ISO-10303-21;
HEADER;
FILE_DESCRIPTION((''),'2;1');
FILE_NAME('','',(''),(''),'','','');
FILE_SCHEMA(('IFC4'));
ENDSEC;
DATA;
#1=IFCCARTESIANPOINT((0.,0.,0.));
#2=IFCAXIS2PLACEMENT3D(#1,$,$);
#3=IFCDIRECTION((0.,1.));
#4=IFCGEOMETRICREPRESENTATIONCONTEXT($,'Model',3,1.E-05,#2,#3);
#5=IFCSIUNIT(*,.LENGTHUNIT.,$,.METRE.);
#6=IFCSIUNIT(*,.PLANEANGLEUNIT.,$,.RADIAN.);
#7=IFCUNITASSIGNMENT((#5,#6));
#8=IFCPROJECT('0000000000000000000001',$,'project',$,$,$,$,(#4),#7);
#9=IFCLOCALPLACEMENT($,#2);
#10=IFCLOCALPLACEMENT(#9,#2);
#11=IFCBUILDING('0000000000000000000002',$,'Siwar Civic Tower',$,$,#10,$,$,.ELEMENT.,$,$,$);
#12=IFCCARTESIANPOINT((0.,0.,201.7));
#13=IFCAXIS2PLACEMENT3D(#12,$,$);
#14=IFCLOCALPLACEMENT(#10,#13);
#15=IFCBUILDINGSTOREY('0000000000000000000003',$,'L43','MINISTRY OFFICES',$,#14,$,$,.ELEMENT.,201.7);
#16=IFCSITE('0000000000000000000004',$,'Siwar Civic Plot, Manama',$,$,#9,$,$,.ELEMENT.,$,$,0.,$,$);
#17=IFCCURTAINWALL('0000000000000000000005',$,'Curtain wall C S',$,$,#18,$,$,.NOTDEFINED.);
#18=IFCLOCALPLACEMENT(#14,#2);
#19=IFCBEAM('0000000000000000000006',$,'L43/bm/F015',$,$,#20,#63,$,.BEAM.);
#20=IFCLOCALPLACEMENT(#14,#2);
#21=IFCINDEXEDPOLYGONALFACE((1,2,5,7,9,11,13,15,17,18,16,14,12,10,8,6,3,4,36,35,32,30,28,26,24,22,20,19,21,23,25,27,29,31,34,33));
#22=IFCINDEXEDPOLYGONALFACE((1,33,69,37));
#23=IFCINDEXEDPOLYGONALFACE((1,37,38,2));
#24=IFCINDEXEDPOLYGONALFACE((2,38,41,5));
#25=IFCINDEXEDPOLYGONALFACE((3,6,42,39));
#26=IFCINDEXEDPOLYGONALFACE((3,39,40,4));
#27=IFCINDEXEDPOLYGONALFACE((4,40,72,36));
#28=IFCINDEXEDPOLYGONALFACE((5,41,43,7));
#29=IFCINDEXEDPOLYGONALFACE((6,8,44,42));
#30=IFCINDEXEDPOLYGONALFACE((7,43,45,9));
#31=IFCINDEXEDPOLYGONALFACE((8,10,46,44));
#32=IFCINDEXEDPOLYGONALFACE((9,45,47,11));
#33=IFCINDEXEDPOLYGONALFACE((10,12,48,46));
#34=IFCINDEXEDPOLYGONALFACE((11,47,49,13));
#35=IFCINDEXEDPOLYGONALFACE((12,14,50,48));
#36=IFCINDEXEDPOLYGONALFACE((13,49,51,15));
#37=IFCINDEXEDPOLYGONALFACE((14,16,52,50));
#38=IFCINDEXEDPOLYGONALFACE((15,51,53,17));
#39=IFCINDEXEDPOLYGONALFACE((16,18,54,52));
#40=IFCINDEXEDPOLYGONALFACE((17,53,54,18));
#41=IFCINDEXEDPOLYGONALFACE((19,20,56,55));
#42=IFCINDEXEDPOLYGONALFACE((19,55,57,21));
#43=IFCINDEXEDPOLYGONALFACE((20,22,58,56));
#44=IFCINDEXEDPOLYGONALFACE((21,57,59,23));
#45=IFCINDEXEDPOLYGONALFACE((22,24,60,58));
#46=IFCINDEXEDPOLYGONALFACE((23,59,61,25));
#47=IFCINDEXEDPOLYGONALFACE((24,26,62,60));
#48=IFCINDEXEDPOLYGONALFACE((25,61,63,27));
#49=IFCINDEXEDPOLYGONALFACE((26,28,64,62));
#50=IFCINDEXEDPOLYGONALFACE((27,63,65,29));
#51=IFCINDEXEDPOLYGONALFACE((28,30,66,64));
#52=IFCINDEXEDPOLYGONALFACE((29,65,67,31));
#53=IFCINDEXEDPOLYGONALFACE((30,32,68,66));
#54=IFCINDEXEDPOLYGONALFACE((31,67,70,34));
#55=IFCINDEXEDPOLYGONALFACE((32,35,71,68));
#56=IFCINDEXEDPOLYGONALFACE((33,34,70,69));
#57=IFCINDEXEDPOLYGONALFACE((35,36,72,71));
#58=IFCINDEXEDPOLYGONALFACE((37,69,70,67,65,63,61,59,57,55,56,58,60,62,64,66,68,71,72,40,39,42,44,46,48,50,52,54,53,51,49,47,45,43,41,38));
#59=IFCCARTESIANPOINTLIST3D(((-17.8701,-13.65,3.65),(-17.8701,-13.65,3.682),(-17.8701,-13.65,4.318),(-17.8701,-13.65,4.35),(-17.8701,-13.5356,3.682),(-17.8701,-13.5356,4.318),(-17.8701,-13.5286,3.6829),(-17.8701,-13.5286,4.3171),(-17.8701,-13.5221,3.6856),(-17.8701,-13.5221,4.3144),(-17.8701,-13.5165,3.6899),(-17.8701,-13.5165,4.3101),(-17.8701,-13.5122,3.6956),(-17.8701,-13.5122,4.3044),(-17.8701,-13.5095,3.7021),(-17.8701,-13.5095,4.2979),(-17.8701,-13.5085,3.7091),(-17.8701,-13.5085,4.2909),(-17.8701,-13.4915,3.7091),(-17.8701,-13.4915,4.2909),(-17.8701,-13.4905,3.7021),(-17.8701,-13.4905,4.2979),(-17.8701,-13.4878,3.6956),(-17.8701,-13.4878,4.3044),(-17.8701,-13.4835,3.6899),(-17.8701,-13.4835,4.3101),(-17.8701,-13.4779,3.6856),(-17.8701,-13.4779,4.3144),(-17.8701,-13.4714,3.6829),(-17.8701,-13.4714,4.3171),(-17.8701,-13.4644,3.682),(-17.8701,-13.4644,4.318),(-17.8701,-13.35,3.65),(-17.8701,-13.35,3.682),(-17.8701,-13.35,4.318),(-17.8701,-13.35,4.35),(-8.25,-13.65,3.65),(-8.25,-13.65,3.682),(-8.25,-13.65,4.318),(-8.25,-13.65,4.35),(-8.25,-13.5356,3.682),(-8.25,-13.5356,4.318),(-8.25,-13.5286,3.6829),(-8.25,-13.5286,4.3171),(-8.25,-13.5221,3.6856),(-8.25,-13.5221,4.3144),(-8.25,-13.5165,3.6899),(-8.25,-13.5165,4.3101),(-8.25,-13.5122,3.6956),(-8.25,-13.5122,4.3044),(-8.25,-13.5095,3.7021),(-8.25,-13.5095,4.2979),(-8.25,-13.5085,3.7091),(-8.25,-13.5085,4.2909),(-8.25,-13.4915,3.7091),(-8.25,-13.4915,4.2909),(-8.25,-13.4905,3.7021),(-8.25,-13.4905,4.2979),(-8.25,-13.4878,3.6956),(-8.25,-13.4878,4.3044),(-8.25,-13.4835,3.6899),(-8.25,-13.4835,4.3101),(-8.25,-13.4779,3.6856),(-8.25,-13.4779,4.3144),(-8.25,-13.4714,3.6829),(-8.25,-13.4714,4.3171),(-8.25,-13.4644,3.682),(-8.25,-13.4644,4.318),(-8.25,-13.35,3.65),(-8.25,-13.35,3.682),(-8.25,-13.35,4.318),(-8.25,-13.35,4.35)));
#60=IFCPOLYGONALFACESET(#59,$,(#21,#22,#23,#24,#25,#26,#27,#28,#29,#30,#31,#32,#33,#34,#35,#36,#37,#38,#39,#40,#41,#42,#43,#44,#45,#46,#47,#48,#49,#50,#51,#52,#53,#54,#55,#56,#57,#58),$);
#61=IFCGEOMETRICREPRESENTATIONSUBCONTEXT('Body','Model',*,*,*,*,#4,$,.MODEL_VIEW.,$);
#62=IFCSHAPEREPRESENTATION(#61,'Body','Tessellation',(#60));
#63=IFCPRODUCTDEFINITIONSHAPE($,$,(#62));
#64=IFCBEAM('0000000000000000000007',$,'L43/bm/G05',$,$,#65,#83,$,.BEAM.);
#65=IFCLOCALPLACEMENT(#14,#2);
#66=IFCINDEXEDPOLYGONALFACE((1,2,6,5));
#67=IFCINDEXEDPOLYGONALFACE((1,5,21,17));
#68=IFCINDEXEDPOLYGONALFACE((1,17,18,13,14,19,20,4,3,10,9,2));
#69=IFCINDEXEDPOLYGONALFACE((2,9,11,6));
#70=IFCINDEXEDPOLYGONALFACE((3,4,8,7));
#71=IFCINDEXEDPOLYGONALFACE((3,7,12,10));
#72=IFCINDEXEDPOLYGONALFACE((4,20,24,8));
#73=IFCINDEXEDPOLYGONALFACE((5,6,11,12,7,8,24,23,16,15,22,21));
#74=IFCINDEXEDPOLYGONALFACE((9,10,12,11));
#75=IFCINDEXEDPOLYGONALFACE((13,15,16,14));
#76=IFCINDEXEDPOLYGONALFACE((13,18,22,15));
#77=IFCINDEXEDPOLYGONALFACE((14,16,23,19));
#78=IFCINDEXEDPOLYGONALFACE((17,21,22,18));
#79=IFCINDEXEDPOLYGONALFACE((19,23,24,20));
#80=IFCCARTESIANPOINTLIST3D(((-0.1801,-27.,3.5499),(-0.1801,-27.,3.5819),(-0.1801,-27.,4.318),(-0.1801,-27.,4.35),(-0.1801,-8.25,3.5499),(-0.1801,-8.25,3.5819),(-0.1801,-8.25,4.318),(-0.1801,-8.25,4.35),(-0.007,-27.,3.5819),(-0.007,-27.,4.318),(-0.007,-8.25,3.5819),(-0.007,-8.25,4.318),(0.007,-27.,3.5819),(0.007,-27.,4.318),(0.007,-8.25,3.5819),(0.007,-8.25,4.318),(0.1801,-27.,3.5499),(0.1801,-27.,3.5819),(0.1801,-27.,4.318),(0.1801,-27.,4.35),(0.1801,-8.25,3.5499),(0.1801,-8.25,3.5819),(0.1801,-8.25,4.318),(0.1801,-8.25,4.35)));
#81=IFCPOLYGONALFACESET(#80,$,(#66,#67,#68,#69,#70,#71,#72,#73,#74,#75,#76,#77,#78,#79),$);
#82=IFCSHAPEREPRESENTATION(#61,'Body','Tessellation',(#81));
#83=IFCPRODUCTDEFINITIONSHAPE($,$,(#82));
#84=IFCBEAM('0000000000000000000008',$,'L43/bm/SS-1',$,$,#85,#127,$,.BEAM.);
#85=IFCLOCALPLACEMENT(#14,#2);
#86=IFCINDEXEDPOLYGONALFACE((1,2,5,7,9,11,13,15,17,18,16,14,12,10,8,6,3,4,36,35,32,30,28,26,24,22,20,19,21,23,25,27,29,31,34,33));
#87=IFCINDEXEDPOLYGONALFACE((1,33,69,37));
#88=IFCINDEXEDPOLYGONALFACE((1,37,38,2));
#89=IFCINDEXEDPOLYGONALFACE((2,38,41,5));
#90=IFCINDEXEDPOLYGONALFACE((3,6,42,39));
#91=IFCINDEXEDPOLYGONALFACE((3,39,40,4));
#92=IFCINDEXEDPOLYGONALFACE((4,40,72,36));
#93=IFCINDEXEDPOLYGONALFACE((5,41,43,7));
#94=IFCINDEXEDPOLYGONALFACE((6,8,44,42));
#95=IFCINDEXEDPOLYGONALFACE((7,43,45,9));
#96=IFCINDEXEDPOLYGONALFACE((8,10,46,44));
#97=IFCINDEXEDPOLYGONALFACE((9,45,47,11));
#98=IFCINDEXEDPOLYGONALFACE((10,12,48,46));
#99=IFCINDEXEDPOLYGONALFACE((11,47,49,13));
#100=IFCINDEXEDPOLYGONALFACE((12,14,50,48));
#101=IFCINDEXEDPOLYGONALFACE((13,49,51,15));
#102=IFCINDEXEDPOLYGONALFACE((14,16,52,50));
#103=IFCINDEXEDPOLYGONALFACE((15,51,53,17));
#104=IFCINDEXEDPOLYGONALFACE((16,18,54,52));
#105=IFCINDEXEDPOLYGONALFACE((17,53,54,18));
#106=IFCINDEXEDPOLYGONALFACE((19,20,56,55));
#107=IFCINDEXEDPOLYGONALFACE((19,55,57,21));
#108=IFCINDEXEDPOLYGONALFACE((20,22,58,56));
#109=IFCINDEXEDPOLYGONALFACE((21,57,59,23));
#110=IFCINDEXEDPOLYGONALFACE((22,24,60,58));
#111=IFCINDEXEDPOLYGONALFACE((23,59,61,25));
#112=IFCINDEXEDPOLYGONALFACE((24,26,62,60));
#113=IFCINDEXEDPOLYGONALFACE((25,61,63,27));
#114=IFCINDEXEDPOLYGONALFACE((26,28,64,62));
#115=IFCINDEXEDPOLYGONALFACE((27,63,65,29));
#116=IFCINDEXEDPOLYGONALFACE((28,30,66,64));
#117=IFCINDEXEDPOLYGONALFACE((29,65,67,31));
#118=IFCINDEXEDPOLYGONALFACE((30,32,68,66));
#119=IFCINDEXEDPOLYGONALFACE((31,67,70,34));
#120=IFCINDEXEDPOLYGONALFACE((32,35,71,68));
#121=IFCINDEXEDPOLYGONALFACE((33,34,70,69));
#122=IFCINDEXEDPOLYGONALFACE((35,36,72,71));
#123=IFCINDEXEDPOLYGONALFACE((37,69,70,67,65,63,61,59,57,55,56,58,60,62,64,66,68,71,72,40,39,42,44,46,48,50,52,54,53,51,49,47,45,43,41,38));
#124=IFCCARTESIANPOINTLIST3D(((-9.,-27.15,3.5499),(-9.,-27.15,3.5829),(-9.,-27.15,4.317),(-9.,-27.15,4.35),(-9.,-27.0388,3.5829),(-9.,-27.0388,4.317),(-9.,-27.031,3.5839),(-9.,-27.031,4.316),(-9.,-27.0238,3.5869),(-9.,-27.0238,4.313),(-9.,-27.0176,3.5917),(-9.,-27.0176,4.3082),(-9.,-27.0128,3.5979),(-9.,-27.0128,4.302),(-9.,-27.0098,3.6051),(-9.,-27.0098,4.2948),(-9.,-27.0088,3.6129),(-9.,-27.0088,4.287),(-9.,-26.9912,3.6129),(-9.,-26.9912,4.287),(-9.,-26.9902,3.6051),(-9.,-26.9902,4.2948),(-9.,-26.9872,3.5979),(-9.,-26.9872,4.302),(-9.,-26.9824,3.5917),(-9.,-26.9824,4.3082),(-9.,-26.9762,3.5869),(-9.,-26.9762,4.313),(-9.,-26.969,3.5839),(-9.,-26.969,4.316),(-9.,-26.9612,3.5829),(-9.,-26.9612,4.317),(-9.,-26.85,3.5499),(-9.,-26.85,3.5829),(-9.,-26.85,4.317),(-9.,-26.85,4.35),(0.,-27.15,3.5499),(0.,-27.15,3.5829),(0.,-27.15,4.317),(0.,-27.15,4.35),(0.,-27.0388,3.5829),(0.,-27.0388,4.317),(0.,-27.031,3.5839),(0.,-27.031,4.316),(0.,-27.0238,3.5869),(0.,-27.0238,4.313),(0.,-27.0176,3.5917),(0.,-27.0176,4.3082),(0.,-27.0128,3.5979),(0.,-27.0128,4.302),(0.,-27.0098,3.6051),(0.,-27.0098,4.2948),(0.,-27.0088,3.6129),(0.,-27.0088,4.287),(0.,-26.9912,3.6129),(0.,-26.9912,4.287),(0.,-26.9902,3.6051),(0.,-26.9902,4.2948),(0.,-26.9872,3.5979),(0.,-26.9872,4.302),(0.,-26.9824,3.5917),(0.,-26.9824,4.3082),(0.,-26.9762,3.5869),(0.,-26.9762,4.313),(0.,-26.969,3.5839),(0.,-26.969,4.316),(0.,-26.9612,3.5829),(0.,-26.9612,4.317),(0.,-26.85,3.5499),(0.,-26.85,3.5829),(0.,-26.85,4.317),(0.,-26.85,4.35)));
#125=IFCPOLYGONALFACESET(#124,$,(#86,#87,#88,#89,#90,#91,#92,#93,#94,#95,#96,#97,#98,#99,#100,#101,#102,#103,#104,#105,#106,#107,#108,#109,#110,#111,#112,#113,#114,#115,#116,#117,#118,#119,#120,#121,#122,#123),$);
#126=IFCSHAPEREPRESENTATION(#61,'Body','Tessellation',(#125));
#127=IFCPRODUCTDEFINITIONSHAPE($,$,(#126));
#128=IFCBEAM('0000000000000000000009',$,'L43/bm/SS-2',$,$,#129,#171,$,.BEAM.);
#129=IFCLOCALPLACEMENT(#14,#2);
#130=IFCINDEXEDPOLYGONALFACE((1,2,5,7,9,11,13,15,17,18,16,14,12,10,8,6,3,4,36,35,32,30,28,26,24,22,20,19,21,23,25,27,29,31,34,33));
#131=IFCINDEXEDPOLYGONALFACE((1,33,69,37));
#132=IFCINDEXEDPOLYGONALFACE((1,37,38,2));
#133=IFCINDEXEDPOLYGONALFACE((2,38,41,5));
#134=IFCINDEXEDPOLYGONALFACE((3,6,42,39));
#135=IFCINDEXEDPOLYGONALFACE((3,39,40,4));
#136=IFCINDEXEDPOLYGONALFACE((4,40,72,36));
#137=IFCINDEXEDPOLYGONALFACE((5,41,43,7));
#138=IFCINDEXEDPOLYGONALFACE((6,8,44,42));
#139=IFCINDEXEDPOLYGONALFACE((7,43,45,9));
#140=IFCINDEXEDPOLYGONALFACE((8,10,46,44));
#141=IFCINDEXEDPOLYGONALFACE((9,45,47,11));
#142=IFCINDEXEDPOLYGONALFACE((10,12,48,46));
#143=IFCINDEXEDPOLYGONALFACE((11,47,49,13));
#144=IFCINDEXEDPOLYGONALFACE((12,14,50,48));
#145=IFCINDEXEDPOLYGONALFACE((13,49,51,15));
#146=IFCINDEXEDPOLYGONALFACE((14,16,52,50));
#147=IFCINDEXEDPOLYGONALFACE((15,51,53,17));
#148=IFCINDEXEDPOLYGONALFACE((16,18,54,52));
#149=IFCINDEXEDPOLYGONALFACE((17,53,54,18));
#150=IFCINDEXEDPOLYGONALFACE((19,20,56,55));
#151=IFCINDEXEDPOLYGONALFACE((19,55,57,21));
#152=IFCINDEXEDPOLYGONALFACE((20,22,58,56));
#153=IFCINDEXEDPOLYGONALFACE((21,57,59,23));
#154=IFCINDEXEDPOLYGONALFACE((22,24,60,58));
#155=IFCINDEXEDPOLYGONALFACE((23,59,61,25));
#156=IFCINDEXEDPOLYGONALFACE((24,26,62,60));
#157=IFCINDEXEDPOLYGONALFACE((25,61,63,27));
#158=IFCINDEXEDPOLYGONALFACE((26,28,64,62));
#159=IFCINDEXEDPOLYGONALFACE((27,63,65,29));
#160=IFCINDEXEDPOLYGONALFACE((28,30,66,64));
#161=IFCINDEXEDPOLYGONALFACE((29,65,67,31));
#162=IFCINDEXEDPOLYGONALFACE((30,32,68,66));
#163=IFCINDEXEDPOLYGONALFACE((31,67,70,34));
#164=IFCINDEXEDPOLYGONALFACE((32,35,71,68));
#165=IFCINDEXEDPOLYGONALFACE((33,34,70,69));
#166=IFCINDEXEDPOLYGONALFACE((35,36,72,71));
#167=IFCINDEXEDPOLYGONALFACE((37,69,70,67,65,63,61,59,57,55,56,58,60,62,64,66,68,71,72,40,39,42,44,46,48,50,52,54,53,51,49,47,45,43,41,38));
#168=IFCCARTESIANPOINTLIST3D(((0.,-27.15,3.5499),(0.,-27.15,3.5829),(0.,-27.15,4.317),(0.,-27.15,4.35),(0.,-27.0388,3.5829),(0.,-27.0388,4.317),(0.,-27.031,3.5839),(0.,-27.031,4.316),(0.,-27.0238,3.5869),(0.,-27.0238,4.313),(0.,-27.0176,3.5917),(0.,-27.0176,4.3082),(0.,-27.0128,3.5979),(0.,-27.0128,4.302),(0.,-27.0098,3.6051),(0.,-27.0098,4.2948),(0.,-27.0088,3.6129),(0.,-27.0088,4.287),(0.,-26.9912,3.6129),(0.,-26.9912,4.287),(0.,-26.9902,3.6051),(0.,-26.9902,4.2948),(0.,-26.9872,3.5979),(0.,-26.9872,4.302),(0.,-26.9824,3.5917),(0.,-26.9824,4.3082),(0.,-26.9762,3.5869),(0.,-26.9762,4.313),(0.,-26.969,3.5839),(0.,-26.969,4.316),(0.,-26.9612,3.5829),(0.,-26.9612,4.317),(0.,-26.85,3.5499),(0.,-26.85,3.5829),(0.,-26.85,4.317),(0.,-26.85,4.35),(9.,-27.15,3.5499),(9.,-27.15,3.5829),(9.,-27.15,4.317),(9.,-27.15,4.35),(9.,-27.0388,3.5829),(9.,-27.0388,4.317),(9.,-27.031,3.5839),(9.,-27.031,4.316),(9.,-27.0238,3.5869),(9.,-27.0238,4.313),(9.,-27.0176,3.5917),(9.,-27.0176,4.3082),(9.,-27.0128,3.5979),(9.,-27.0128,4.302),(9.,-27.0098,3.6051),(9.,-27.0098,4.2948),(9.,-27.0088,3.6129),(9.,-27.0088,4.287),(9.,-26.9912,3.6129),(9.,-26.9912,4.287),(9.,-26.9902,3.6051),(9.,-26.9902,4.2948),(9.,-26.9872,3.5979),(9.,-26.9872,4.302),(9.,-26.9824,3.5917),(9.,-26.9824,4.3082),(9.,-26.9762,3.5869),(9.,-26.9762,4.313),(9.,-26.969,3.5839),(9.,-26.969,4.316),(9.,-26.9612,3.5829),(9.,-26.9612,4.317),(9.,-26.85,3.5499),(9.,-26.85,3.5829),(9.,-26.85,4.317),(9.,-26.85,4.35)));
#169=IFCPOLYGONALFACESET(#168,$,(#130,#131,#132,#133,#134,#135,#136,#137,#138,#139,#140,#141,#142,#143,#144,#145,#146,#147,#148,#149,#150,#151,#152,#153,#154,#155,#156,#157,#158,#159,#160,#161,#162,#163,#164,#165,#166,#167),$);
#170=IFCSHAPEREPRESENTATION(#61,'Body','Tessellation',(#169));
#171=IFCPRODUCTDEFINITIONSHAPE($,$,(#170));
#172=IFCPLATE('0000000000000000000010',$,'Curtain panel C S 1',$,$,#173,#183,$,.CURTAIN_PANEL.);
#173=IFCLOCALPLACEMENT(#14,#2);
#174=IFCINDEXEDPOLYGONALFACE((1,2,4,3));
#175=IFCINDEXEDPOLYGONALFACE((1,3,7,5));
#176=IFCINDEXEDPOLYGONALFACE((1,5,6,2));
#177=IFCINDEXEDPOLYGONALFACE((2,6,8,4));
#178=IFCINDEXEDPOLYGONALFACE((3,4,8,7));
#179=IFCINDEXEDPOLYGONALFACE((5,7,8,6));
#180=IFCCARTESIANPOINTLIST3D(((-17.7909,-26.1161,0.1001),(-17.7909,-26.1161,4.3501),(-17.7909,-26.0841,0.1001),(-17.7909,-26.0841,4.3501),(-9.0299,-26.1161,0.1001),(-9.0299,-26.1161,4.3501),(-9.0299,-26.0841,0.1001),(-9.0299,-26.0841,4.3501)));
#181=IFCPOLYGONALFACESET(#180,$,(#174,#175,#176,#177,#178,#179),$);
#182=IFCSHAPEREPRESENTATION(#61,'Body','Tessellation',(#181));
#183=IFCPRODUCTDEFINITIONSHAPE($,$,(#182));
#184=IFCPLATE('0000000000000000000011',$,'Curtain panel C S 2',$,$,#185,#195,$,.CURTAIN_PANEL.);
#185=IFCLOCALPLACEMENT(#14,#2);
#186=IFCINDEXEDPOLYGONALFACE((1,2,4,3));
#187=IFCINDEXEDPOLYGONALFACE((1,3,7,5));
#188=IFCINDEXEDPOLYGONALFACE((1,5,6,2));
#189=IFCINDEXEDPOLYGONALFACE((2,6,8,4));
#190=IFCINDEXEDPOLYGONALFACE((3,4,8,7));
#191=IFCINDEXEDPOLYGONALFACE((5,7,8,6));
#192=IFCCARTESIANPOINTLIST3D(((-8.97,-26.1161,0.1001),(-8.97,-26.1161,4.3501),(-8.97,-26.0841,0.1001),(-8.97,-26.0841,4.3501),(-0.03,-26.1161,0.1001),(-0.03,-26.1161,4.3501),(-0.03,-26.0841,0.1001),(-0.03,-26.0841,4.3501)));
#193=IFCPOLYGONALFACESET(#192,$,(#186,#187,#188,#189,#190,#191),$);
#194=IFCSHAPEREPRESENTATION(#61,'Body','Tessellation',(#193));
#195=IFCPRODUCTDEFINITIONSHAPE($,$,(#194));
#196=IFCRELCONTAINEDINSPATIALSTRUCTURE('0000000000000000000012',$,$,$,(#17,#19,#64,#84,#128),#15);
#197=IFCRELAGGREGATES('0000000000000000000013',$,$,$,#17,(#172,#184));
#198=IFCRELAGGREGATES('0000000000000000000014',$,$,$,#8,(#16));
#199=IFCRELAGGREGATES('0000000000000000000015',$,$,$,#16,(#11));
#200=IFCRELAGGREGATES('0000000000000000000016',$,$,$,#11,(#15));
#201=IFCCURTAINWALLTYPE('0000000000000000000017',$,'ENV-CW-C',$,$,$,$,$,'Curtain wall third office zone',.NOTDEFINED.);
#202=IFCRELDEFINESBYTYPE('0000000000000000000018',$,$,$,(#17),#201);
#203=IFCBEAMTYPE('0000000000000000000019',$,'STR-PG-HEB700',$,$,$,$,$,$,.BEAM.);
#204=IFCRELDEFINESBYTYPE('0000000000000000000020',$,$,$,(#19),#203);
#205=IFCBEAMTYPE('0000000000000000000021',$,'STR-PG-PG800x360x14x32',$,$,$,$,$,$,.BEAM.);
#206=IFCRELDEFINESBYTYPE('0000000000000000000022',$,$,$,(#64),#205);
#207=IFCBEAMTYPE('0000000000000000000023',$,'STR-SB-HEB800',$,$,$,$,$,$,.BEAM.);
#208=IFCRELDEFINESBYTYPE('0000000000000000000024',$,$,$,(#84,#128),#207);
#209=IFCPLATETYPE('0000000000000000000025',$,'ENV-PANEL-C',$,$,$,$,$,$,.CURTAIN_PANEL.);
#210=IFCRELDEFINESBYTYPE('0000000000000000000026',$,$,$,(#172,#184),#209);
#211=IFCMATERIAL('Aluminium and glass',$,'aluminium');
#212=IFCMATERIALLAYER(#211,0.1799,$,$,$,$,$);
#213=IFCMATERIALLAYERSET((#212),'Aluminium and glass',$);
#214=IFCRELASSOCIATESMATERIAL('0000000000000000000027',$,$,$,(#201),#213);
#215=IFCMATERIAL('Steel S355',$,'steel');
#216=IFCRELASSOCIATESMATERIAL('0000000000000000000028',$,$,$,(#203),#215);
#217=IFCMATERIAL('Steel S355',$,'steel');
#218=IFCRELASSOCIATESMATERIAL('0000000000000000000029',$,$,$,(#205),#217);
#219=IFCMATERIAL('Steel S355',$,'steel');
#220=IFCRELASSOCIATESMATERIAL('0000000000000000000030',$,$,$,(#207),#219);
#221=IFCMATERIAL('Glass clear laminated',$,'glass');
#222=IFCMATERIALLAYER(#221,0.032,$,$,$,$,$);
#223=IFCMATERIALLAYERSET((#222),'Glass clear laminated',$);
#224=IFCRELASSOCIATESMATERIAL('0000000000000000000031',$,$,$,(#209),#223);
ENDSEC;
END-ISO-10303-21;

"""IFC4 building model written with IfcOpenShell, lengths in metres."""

from ifc_helpers import new_model, si_unit, direction, frame, origin, origin_2d, place, context, subcontext, project, spatial, rectangle, i_section, extrude, material, layer, layer_set, material_profile, profile_set, type_object, element, aggregate, save


model = new_model("IFC4")

# Units and contexts
model_context = context("Model", 3, precision=1e-05, world=origin(), true_north=direction((0.0, 1.0)))
body_context = subcontext(model_context, "Body", "Model", "MODEL_VIEW")
ifc_project = project(units=[si_unit("LENGTHUNIT", "METRE"), si_unit("PLANEANGLEUNIT", "RADIAN")], contexts=[model_context])

# Site, building, storey
site_placement = place(None, origin())
site = spatial("IfcSite", under=ifc_project, at=site_placement, Name="Siwar Civic Plot, Manama", CompositionType="ELEMENT", RefElevation=0.0)
building_placement = place(site_placement, origin())
building = spatial("IfcBuilding", under=site, at=building_placement, Name="Siwar Civic Tower", CompositionType="ELEMENT")
storey_placement = place(building_placement, frame((0.0, 0.0, 201.7)))
storey = spatial("IfcBuildingStorey", under=building, at=storey_placement, Name="L43", Description="MINISTRY OFFICES", CompositionType="ELEMENT", Elevation=201.7)

# Curtain wall
ifc_material_1 = material(Name="Aluminium and glass", Category="aluminium")
ifc_layer_1 = layer(ifc_material_1, 0.1799)
ifc_layer_set_1 = layer_set([ifc_layer_1], Name="Aluminium and glass")
curtain_wall_type = type_object("IfcCurtainWallType", Name="ENV-CW-C", ElementType="Curtain wall third office zone", PredefinedType="NOTDEFINED", material=ifc_layer_set_1)
curtain_wall_placement = place(storey_placement, origin())
curtain_wall = element("IfcCurtainWall", 1, at=curtain_wall_placement, inside=storey, type_object=curtain_wall_type, Name="Curtain wall C S", PredefinedType="NOTDEFINED")

# Beams
ifc_material_2 = material(Name="Steel S355", Category="steel")
ifc_material_profile_1 = material_profile(ifc_material_2, i_section(OverallWidth=0.3, OverallDepth=0.7, WebThickness=0.0171, FlangeThickness=0.032, FilletRadius=0.0271, at=origin_2d()), Name="HEB700")
ifc_profile_set_1 = profile_set([ifc_material_profile_1], Name="Steel S355")
beam_type_1 = type_object("IfcBeamType", Name="STR-PG-HEB700", PredefinedType="BEAM", material=ifc_profile_set_1)
beam_1_placement = place(storey_placement, frame((-17.8701, -13.5, 4.0), z_axis=(1.0, 0.0, 0.0), x_axis=(0.0, 1.0, 0.0)))
element("IfcBeam", 2, at=beam_1_placement, inside=storey, type_object=beam_type_1, Name="L43/bm/F015", PredefinedType="BEAM", context=body_context, shape_type="SweptSolid", body=[
    extrude(i_section(OverallWidth=0.3, OverallDepth=0.7, WebThickness=0.0171, FlangeThickness=0.032, FilletRadius=0.0271, at=origin_2d()), origin(), (0.0, 0.0, 1.0), 9.6201),
])
ifc_material_3 = material(Name="Steel S355", Category="steel")
ifc_material_profile_2 = material_profile(ifc_material_3, i_section(OverallWidth=0.3601, OverallDepth=0.8, WebThickness=0.0139, FlangeThickness=0.032, at=origin_2d()), Name="PG800x360x14x32")
ifc_profile_set_2 = profile_set([ifc_material_profile_2], Name="Steel S355")
beam_type_2 = type_object("IfcBeamType", Name="STR-PG-PG800x360x14x32", PredefinedType="BEAM", material=ifc_profile_set_2)
beam_2_placement = place(storey_placement, frame((0.0, -27.0, 3.95), z_axis=(0.0, 1.0, 0.0), x_axis=(-1.0, 0.0, 0.0)))
element("IfcBeam", 3, at=beam_2_placement, inside=storey, type_object=beam_type_2, Name="L43/bm/G05", PredefinedType="BEAM", context=body_context, shape_type="SweptSolid", body=[
    extrude(i_section(OverallWidth=0.3601, OverallDepth=0.8, WebThickness=0.0139, FlangeThickness=0.032, at=origin_2d()), origin(), (0.0, 0.0, 1.0), 18.75),
])
ifc_material_4 = material(Name="Steel S355", Category="steel")
ifc_material_profile_3 = material_profile(ifc_material_4, i_section(OverallWidth=0.3, OverallDepth=0.8, WebThickness=0.0176, FlangeThickness=0.033, FilletRadius=0.03, at=origin_2d()), Name="HEB800")
ifc_profile_set_3 = profile_set([ifc_material_profile_3], Name="Steel S355")
beam_type_3 = type_object("IfcBeamType", Name="STR-SB-HEB800", PredefinedType="BEAM", material=ifc_profile_set_3)
for number, where, z_axis, x_axis, name in (
    (4, (-9.0, -27.0, 3.95), (1.0, 0.0, 0.0), (0.0, 1.0, 0.0), "L43/bm/SS-1"),
    (5, (0.0, -27.0, 3.95), (1.0, 0.0, 0.0), (0.0, 1.0, 0.0), "L43/bm/SS-2"),
):
    element("IfcBeam", number, at=place(storey_placement, frame(where, z_axis=z_axis, x_axis=x_axis)), inside=storey, type_object=beam_type_3, Name=name, PredefinedType="BEAM", context=body_context, shape_type="SweptSolid", body=[
        extrude(i_section(OverallWidth=0.3, OverallDepth=0.8, WebThickness=0.0176, FlangeThickness=0.033, FilletRadius=0.03, at=origin_2d()), origin(), (0.0, 0.0, 1.0), 9.0),
    ])

# Plates
ifc_material_5 = material(Name="Glass clear laminated", Category="glass")
ifc_layer_2 = layer(ifc_material_5, 0.032)
ifc_layer_set_2 = layer_set([ifc_layer_2], Name="Glass clear laminated")
plate_type = type_object("IfcPlateType", Name="ENV-PANEL-C", PredefinedType="CURTAIN_PANEL", material=ifc_layer_set_2)
plate_1_placement = place(storey_placement, frame((-13.4104, -26.1001, 0.1001), z_axis=(0.0, 0.0, 1.0), x_axis=(1.0, 0.0, 0.0)))
plate_1 = element("IfcPlate", 6, at=plate_1_placement, type_object=plate_type, Name="Curtain panel C S 1", PredefinedType="CURTAIN_PANEL", context=body_context, shape_type="SweptSolid", body=[
    extrude(rectangle(XDim=8.761, YDim=0.032, at=origin_2d()), origin(), (0.0, 0.0, 1.0), 4.25),
])
plate_2_placement = place(storey_placement, frame((-4.5, -26.1001, 0.1001), z_axis=(0.0, 0.0, 1.0), x_axis=(1.0, 0.0, 0.0)))
plate_2 = element("IfcPlate", 7, at=plate_2_placement, type_object=plate_type, Name="Curtain panel C S 2", PredefinedType="CURTAIN_PANEL", context=body_context, shape_type="SweptSolid", body=[
    extrude(rectangle(XDim=8.9399, YDim=0.032, at=origin_2d()), origin(), (0.0, 0.0, 1.0), 4.25),
])
aggregate(curtain_wall, [plate_1, plate_2])

save(model, "model.ifc")
